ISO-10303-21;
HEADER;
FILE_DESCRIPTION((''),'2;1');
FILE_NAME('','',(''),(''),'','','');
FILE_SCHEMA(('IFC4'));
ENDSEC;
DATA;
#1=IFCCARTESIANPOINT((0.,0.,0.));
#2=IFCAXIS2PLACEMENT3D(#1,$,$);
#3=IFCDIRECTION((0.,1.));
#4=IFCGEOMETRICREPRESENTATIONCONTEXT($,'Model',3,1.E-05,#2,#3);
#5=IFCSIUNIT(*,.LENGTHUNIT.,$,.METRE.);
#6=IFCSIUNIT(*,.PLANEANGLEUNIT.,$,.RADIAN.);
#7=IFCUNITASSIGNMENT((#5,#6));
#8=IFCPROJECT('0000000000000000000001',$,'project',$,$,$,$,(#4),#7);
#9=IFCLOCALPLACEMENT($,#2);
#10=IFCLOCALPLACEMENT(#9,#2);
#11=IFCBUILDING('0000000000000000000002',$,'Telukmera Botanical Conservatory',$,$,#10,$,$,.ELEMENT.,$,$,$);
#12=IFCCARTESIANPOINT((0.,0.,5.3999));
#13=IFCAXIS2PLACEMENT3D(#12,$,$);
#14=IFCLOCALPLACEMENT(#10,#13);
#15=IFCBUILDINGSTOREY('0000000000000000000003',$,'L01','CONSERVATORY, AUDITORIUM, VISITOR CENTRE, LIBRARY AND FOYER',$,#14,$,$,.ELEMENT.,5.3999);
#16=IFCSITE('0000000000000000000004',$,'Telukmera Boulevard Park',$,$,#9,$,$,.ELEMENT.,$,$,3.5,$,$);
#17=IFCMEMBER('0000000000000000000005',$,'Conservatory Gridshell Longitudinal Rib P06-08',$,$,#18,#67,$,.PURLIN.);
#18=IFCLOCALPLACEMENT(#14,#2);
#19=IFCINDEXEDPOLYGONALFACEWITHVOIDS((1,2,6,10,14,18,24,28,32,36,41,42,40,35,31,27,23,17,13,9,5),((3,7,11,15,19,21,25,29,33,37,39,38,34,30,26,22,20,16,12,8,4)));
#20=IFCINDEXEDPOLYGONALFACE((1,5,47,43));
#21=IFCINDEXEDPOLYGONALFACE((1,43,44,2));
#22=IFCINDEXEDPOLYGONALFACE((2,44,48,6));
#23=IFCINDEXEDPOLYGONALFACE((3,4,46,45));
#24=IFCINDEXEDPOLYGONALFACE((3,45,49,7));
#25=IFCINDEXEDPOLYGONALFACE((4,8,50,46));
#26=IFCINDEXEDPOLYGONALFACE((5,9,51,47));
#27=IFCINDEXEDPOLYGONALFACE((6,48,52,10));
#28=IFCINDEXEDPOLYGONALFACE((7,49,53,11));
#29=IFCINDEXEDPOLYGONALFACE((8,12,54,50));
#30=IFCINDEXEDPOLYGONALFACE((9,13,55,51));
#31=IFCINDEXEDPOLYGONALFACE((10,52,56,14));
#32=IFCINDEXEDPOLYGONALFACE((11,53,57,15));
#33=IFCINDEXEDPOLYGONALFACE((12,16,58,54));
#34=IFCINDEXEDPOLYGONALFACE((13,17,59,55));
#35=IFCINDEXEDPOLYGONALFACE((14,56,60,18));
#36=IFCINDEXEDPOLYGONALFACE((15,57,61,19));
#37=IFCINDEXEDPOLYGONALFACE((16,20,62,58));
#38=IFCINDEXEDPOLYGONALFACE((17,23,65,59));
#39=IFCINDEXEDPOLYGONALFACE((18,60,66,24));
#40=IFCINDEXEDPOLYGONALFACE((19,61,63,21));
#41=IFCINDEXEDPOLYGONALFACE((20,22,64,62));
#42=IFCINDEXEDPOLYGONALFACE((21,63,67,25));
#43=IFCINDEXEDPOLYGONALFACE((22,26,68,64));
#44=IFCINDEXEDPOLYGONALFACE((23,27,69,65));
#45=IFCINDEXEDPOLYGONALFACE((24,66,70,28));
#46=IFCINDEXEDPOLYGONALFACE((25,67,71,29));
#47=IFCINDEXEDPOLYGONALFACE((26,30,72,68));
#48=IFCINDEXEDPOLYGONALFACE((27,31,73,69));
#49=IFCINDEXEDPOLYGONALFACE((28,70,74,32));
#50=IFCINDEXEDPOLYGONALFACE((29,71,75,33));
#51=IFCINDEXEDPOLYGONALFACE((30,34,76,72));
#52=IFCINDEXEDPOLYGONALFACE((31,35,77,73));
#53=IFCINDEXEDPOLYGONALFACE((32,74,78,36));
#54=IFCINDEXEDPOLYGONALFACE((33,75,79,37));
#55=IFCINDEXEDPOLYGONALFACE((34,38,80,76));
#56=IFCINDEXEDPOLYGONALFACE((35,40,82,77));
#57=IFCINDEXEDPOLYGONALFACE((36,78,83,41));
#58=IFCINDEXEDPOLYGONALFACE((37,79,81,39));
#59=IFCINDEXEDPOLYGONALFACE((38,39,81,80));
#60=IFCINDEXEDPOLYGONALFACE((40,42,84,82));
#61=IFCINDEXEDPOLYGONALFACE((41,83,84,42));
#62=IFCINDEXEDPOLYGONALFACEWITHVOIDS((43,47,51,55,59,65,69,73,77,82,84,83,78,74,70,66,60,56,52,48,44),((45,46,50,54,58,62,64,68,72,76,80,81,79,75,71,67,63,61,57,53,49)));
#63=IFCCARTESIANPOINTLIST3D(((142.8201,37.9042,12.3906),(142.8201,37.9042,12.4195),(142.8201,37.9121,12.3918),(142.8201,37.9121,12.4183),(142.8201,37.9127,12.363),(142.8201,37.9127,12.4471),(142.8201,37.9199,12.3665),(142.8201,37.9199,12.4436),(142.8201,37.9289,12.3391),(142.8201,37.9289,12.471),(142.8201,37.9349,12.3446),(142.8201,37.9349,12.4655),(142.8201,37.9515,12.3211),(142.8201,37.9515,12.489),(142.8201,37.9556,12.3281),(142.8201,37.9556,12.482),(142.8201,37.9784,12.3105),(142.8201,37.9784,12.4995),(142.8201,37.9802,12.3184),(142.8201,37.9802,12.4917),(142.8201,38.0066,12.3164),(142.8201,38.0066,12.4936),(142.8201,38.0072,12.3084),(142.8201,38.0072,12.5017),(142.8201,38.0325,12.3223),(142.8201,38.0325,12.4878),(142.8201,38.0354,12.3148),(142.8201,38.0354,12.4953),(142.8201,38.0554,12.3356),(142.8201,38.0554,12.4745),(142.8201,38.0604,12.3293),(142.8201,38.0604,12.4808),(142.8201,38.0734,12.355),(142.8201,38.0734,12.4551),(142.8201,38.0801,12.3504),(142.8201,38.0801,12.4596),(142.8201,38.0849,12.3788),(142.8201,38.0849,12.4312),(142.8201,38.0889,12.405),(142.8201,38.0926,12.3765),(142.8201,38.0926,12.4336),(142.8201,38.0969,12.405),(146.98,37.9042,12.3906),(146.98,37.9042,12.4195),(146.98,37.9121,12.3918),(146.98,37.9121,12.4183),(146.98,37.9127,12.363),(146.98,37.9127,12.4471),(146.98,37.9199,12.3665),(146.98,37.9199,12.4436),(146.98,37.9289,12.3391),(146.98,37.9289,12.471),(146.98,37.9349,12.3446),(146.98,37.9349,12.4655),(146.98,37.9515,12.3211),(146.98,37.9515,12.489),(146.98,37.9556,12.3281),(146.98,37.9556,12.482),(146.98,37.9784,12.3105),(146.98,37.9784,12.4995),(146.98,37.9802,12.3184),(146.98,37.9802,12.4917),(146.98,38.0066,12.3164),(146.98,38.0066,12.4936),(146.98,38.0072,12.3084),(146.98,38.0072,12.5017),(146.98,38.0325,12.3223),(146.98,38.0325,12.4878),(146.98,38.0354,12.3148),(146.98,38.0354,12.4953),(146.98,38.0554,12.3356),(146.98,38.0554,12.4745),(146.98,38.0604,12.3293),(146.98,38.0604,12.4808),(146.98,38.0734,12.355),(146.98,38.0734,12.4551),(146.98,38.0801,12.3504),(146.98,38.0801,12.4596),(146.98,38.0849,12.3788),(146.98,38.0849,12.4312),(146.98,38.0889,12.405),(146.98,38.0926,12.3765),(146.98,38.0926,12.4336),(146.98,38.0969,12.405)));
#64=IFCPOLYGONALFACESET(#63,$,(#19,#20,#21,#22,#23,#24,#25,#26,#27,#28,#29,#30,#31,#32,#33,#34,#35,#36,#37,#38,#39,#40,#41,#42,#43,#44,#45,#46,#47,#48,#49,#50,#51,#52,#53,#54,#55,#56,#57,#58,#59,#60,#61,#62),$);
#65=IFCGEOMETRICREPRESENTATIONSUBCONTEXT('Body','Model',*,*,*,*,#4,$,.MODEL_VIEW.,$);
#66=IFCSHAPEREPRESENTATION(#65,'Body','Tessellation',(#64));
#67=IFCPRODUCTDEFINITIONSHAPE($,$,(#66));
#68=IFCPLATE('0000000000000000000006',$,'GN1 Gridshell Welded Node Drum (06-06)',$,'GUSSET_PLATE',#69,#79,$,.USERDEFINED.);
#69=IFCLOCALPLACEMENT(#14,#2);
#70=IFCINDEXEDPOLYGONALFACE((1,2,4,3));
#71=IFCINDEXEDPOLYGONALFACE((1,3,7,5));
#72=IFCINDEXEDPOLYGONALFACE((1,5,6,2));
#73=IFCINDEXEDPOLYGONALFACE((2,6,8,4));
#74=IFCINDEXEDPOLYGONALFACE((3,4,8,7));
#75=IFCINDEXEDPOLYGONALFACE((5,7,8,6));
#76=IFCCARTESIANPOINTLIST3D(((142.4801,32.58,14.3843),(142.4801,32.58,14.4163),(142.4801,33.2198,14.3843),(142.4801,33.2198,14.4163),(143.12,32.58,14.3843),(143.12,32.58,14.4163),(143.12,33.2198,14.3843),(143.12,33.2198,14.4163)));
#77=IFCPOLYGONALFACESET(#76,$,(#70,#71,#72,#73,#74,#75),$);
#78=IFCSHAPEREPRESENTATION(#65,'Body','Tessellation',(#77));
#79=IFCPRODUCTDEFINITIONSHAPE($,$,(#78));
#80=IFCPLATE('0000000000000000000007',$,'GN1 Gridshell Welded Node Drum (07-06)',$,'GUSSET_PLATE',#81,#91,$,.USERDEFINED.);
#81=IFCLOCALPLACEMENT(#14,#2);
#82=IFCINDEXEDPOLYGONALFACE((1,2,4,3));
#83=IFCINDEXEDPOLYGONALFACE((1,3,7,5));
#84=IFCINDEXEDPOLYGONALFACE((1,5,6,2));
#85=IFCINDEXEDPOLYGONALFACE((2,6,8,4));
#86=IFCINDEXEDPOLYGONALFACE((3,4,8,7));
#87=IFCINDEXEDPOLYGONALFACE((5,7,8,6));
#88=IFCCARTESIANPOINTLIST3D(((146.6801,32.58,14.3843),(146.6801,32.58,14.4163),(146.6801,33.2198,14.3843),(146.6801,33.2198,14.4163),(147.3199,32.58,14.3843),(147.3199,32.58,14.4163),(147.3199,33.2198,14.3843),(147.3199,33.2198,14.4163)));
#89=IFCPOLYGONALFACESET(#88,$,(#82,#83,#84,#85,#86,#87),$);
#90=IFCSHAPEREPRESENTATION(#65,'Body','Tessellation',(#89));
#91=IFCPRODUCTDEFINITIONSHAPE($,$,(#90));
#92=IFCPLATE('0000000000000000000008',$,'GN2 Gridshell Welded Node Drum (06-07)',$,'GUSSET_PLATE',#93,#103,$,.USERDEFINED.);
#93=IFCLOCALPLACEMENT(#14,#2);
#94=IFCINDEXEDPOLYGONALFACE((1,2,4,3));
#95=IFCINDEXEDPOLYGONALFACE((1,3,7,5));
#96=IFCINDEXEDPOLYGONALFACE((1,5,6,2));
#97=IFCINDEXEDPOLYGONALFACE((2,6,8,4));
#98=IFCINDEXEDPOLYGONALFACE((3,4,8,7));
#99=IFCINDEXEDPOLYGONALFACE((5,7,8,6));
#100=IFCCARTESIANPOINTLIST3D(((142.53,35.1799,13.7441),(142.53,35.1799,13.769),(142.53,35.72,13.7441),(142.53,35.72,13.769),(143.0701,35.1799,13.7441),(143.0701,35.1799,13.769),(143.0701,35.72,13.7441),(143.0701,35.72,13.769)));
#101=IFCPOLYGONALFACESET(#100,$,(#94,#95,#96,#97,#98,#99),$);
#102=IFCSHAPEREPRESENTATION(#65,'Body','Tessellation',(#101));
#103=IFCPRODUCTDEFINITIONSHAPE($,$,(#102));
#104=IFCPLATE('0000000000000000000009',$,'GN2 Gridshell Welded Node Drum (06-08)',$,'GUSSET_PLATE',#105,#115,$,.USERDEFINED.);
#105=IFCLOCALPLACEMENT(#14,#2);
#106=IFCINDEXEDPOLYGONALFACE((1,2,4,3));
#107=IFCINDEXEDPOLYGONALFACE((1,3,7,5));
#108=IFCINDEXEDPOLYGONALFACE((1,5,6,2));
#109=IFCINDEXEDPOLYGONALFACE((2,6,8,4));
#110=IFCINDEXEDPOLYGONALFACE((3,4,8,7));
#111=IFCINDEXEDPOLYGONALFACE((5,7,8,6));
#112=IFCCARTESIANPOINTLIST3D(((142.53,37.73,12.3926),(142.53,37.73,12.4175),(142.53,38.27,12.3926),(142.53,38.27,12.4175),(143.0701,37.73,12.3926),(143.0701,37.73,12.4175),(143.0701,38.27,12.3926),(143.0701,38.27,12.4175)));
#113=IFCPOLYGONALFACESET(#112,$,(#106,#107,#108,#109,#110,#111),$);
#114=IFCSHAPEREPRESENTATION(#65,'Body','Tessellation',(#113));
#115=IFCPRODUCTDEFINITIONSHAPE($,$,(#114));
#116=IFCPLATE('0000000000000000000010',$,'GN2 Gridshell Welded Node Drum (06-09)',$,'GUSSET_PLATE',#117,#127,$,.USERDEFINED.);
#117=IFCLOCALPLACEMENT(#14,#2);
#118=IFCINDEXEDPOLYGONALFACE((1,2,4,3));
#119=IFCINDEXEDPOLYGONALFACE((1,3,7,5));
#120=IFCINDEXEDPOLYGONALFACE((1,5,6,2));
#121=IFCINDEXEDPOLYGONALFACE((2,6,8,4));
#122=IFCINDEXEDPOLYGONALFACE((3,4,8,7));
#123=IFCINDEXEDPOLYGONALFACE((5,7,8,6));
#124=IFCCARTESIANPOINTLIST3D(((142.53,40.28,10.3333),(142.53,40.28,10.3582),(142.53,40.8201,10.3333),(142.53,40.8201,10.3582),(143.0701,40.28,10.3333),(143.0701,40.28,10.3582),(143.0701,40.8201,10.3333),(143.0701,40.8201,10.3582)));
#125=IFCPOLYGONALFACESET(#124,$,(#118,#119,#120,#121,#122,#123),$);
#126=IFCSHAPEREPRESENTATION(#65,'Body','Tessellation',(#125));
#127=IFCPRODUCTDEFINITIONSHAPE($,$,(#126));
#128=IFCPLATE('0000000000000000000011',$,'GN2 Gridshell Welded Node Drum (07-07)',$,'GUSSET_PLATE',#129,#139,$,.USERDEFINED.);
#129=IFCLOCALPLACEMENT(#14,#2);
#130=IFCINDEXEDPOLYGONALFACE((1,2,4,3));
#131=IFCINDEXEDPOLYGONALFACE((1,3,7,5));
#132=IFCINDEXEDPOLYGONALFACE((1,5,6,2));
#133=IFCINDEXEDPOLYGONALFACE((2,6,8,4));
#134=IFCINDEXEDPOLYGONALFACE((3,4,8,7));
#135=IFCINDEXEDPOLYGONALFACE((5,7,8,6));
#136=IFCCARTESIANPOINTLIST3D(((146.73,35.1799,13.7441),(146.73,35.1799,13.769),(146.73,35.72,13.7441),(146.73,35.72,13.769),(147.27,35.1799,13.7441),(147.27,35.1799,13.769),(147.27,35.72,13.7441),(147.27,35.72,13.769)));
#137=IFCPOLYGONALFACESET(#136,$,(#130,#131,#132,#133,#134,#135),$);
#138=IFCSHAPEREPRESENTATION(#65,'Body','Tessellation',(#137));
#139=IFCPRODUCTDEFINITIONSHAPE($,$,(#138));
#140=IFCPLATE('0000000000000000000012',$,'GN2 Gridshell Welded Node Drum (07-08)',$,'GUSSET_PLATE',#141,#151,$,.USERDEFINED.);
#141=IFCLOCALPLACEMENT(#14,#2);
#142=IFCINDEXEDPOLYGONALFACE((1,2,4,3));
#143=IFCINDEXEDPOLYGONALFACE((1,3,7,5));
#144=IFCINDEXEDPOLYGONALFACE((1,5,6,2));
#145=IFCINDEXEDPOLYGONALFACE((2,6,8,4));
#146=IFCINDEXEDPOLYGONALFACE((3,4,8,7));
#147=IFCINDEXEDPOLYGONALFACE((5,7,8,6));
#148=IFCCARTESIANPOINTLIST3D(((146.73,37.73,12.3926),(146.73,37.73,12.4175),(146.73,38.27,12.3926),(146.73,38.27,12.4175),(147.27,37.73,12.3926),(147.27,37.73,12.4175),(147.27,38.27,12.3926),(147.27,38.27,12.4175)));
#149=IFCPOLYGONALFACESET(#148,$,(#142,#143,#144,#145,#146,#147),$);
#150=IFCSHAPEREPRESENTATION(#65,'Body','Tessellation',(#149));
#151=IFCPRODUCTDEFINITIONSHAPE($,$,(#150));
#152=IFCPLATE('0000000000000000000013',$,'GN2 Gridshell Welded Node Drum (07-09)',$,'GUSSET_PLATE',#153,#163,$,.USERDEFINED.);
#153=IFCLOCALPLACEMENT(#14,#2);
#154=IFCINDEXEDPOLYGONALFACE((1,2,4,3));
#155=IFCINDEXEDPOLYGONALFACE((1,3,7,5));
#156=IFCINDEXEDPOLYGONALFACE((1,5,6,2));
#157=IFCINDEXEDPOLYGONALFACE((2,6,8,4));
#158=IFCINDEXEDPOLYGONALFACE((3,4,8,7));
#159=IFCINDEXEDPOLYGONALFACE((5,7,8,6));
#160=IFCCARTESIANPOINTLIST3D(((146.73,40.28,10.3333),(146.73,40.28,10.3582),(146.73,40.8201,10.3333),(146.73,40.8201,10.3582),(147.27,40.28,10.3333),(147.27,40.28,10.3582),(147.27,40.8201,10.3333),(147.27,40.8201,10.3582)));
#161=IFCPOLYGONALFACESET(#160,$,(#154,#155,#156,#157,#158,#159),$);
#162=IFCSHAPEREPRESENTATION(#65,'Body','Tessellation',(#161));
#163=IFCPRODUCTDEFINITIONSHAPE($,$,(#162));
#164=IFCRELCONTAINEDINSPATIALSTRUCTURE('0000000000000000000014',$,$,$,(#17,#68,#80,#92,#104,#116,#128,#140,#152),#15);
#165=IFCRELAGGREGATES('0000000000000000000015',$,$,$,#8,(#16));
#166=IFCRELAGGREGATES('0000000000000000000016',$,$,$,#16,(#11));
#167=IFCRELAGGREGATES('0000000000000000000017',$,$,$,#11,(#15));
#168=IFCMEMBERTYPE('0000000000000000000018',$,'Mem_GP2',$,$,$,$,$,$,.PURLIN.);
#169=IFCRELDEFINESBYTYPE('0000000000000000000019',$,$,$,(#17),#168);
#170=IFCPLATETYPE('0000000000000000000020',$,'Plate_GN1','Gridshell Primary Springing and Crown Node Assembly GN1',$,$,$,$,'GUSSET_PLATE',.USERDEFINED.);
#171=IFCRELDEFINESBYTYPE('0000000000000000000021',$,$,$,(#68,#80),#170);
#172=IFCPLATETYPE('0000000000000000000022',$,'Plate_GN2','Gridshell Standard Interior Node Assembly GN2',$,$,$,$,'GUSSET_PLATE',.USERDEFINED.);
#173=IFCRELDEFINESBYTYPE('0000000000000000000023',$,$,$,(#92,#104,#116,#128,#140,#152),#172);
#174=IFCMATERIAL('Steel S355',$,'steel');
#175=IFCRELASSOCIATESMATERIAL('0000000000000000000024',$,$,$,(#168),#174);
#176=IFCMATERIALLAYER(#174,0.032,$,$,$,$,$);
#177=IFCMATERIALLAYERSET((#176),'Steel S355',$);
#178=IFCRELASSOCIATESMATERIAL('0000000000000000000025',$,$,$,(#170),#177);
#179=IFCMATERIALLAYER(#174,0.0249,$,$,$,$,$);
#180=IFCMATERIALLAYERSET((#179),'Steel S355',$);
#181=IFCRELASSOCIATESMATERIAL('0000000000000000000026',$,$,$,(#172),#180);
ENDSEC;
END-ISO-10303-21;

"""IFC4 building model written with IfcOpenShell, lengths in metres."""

from ifc_helpers import new_model, si_unit, direction, frame, origin, origin_2d, place, context, subcontext, project, spatial, rectangle, hollow_circle, extrude, material, layer, layer_set, material_profile, profile_set, type_object, element, save


model = new_model("IFC4")

# Units and contexts
model_context = context("Model", 3, precision=1e-05, world=origin(), true_north=direction((0.0, 1.0)))
body_context = subcontext(model_context, "Body", "Model", "MODEL_VIEW")
ifc_project = project(units=[si_unit("LENGTHUNIT", "METRE"), si_unit("PLANEANGLEUNIT", "RADIAN")], contexts=[model_context])

# Site, building, storey
site_placement = place(None, origin())
site = spatial("IfcSite", under=ifc_project, at=site_placement, Name="Telukmera Boulevard Park", CompositionType="ELEMENT", RefElevation=3.5)
building_placement = place(site_placement, origin())
building = spatial("IfcBuilding", under=site, at=building_placement, Name="Telukmera Botanical Conservatory", CompositionType="ELEMENT")
storey_placement = place(building_placement, frame((0.0, 0.0, 5.3999)))
storey = spatial("IfcBuildingStorey", under=building, at=storey_placement, Name="L01", Description="CONSERVATORY, AUDITORIUM, VISITOR CENTRE, LIBRARY AND FOYER", CompositionType="ELEMENT", Elevation=5.3999)

# Shared definitions
ifc_material = material(Name="Steel S355", Category="steel")

# Member
ifc_material_profile_1 = material_profile(ifc_material, hollow_circle(Radius=0.0969, WallThickness=0.0081, at=origin_2d()), Name="CHS 193.7x8.0")
ifc_profile_set_1 = profile_set([ifc_material_profile_1], Name="Steel S355")
member_type_1 = type_object("IfcMemberType", Name="Mem_GP2", PredefinedType="PURLIN", material=ifc_profile_set_1)
for number, where, z_axis, x_axis, name in (
    (1, (142.8201, 38.0, 12.405), (1.0, 0.0, 0.0), (0.0, 1.0, 0.0), "Conservatory Gridshell Longitudinal Rib P06-08"),
):
    element("IfcMember", number, at=place(storey_placement, frame(where, z_axis=z_axis, x_axis=x_axis)), inside=storey, type_object=member_type_1, Name=name, PredefinedType="PURLIN", context=body_context, shape_type="SweptSolid", body=[
        extrude(hollow_circle(Radius=0.0969, WallThickness=0.0081, at=origin_2d()), origin(), (0.0, 0.0, 1.0), 4.1599),
    ])

# Plates
ifc_layer_1 = layer(ifc_material, 0.032)
ifc_layer_set_1 = layer_set([ifc_layer_1], Name="Steel S355")
plate_type_1 = type_object("IfcPlateType", Name="Plate_GN1", Description="Gridshell Primary Springing and Crown Node Assembly GN1", ElementType="GUSSET_PLATE", PredefinedType="USERDEFINED", material=ifc_layer_set_1)
for number, where, z_axis, x_axis, name in (
    (2, (142.8, 32.8999, 14.3843), (0.0, 0.0, 1.0), (1.0, 0.0, 0.0), "GN1 Gridshell Welded Node Drum (06-06)"),
    (3, (147.0, 32.8999, 14.3843), (0.0, 0.0, 1.0), (1.0, 0.0, 0.0), "GN1 Gridshell Welded Node Drum (07-06)"),
):
    element("IfcPlate", number, at=place(storey_placement, frame(where, z_axis=z_axis, x_axis=x_axis)), inside=storey, type_object=plate_type_1, Name=name, ObjectType="GUSSET_PLATE", PredefinedType="USERDEFINED", context=body_context, shape_type="SweptSolid", body=[
        extrude(rectangle(XDim=0.6399, YDim=0.6399, at=origin_2d()), origin(), (0.0, 0.0, 1.0), 0.032),
    ])
ifc_layer_2 = layer(ifc_material, 0.0249)
ifc_layer_set_2 = layer_set([ifc_layer_2], Name="Steel S355")
plate_type_2 = type_object("IfcPlateType", Name="Plate_GN2", Description="Gridshell Standard Interior Node Assembly GN2", ElementType="GUSSET_PLATE", PredefinedType="USERDEFINED", material=ifc_layer_set_2)
for number, where, z_axis, x_axis, name in (
    (4, (142.8, 35.45, 13.7441), (0.0, 0.0, 1.0), (1.0, 0.0, 0.0), "GN2 Gridshell Welded Node Drum (06-07)"),
    (5, (142.8, 38.0, 12.3926), (0.0, 0.0, 1.0), (1.0, 0.0, 0.0), "GN2 Gridshell Welded Node Drum (06-08)"),
    (6, (142.8, 40.55, 10.3333), (0.0, 0.0, 1.0), (1.0, 0.0, 0.0), "GN2 Gridshell Welded Node Drum (06-09)"),
    (7, (147.0, 35.45, 13.7441), (0.0, 0.0, 1.0), (1.0, 0.0, 0.0), "GN2 Gridshell Welded Node Drum (07-07)"),
    (8, (147.0, 38.0, 12.3926), (0.0, 0.0, 1.0), (1.0, 0.0, 0.0), "GN2 Gridshell Welded Node Drum (07-08)"),
    (9, (147.0, 40.55, 10.3333), (0.0, 0.0, 1.0), (1.0, 0.0, 0.0), "GN2 Gridshell Welded Node Drum (07-09)"),
):
    element("IfcPlate", number, at=place(storey_placement, frame(where, z_axis=z_axis, x_axis=x_axis)), inside=storey, type_object=plate_type_2, Name=name, ObjectType="GUSSET_PLATE", PredefinedType="USERDEFINED", context=body_context, shape_type="SweptSolid", body=[
        extrude(rectangle(XDim=0.54, YDim=0.54, at=origin_2d()), origin(), (0.0, 0.0, 1.0), 0.0249),
    ])

save(model, "model.ifc")
